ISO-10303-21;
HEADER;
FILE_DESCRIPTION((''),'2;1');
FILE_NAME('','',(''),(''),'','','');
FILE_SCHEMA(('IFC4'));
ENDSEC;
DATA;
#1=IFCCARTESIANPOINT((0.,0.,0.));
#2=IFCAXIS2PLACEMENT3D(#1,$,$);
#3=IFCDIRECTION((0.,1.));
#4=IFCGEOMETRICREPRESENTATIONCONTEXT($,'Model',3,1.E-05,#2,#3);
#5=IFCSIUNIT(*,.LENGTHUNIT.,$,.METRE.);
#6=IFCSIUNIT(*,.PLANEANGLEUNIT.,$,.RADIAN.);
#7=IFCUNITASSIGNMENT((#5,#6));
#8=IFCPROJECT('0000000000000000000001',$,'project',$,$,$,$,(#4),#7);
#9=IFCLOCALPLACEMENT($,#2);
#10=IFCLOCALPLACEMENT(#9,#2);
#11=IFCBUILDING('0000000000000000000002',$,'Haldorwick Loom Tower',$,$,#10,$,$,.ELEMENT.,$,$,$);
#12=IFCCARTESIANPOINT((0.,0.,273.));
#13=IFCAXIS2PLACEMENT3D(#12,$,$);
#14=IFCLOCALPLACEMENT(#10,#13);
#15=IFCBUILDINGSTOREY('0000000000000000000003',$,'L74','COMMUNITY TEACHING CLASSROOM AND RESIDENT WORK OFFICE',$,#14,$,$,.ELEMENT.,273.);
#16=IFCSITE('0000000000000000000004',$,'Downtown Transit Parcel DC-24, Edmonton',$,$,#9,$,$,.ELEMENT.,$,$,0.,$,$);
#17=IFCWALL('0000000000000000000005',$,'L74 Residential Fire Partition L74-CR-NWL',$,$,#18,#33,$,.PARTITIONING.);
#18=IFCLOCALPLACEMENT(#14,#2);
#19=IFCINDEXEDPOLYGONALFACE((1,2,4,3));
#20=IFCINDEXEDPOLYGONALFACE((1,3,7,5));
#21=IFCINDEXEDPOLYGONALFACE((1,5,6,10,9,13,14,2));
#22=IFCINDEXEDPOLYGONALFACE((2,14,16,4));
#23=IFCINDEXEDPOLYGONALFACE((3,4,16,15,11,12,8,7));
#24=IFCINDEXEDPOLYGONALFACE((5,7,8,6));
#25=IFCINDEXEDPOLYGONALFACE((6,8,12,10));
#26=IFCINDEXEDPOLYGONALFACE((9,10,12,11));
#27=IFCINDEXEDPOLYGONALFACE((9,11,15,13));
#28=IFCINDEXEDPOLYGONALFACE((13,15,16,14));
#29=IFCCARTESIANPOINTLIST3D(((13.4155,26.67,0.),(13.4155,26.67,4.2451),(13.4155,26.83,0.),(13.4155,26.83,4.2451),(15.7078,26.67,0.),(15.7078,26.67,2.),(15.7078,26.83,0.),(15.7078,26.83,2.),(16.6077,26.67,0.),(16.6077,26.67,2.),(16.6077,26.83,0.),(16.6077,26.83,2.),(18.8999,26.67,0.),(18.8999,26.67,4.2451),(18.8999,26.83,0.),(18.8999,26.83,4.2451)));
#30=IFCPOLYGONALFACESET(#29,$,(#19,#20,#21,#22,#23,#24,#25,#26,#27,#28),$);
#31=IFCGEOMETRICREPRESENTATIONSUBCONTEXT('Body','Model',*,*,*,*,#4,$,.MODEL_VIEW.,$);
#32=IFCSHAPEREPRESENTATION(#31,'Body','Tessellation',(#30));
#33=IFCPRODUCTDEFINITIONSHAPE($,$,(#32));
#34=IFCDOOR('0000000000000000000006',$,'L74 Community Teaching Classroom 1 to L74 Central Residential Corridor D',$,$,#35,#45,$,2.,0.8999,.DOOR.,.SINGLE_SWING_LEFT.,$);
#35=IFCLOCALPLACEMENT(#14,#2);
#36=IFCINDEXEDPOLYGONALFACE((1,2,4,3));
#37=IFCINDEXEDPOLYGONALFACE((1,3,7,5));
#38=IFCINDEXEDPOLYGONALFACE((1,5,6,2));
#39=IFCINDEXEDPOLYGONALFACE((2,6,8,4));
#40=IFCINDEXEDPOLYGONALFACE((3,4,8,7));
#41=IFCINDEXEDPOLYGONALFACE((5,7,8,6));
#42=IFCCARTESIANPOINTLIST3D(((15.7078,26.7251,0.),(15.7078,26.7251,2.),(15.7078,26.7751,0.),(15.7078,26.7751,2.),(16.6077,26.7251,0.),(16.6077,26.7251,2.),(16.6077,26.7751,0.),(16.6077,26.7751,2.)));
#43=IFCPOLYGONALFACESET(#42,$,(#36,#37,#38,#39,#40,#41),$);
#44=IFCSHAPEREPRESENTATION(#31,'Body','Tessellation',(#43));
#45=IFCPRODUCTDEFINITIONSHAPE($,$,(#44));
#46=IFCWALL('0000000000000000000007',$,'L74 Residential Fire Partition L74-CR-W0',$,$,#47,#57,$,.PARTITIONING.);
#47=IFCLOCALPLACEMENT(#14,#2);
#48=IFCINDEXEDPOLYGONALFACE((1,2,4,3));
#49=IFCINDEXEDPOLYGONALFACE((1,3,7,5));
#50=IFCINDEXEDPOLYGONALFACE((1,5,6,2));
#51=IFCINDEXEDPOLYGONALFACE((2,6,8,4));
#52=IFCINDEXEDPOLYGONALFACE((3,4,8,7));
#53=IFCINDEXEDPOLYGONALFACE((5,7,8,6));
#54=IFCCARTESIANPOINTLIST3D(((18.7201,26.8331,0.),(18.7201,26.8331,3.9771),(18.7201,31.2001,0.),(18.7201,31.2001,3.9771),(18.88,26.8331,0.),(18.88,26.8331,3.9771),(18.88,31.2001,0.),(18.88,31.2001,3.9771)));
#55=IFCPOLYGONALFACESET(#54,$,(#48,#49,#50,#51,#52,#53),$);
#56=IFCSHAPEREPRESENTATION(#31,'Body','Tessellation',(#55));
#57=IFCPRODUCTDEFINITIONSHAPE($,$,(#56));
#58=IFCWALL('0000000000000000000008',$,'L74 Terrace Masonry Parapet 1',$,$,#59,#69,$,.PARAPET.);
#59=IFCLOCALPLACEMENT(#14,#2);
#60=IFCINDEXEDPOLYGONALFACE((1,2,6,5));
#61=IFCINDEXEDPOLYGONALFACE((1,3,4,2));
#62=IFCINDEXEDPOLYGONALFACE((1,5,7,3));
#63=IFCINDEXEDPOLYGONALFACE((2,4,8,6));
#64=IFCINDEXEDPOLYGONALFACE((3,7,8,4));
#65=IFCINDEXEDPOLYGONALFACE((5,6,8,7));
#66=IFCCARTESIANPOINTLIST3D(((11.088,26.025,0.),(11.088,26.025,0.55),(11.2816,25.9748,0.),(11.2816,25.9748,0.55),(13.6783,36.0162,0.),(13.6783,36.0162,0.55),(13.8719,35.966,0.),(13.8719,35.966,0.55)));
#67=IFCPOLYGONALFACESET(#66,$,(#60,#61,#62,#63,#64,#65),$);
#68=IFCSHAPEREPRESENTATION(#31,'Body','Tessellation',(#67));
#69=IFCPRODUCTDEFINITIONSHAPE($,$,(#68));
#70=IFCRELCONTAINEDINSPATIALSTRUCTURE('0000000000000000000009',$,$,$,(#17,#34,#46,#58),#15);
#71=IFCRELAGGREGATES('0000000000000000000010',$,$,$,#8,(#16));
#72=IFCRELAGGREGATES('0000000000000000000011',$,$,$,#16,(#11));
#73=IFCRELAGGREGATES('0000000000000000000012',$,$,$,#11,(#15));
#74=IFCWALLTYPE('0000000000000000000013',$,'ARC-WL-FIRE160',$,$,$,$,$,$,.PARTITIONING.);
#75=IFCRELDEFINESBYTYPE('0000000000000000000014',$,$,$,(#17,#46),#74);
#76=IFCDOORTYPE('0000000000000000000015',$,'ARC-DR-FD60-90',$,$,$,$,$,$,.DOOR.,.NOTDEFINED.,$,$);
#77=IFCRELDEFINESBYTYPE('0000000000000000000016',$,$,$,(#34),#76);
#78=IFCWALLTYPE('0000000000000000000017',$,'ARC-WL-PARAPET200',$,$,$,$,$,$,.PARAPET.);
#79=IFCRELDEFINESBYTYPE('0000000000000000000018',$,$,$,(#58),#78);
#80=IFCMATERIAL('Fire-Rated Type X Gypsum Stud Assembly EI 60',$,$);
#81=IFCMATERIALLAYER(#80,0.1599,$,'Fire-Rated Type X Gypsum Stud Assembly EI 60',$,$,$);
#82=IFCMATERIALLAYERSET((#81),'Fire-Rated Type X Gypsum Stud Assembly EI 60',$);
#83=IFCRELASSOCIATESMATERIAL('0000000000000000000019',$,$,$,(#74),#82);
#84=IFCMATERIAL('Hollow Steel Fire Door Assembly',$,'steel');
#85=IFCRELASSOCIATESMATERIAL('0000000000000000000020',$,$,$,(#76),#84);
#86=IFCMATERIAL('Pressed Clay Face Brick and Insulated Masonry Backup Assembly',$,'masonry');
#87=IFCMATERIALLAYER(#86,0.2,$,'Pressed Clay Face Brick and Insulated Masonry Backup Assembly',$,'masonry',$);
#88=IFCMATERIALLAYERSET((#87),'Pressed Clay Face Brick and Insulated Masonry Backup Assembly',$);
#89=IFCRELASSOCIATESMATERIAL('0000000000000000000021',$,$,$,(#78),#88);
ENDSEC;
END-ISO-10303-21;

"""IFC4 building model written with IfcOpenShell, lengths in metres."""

from ifc_helpers import new_model, si_unit, direction, frame, frame_2d, origin, place, context, subcontext, project, spatial, rectangle, extrude, material, layer, layer_set, type_object, element, fill, save


model = new_model("IFC4")

# Units and contexts
model_context = context("Model", 3, precision=1e-05, world=origin(), true_north=direction((0.0, 1.0)))
body_context = subcontext(model_context, "Body", "Model", "MODEL_VIEW")
ifc_project = project(units=[si_unit("LENGTHUNIT", "METRE"), si_unit("PLANEANGLEUNIT", "RADIAN")], contexts=[model_context])

# Site, building, storey
site_placement = place(None, origin())
site = spatial("IfcSite", under=ifc_project, at=site_placement, Name="Downtown Transit Parcel DC-24, Edmonton", CompositionType="ELEMENT", RefElevation=0.0)
building_placement = place(site_placement, origin())
building = spatial("IfcBuilding", under=site, at=building_placement, Name="Haldorwick Loom Tower", CompositionType="ELEMENT")
storey_placement = place(building_placement, frame((0.0, 0.0, 273.0)))
storey = spatial("IfcBuildingStorey", under=building, at=storey_placement, Name="L74", Description="COMMUNITY TEACHING CLASSROOM AND RESIDENT WORK OFFICE", CompositionType="ELEMENT", Elevation=273.0)

# Shared definitions
ifc_material_1 = material(Name="Pressed Clay Face Brick and Insulated Masonry Backup Assembly", Category="masonry")

# Shared definitions
ifc_material_2 = material(Name="Fire-Rated Type X Gypsum Stud Assembly EI 60")
ifc_layer_1 = layer(ifc_material_2, 0.1599, Name="Fire-Rated Type X Gypsum Stud Assembly EI 60")
ifc_layer_set_1 = layer_set([ifc_layer_1], Name="Fire-Rated Type X Gypsum Stud Assembly EI 60")
wall_type_1 = type_object("IfcWallType", Name="ARC-WL-FIRE160", PredefinedType="PARTITIONING", material=ifc_layer_set_1)
ifc_material_3 = material(Name="Hollow Steel Fire Door Assembly", Category="steel")
door_type = type_object("IfcDoorType", Name="ARC-DR-FD60-90", OperationType="NOTDEFINED", PredefinedType="DOOR", material=ifc_material_3)

# Wall, opening, door
wall_1_placement = place(storey_placement, frame((13.4155, 26.75, 0.0), z_axis=(0.0, 0.0, 1.0), x_axis=(1.0, 0.0, 0.0)))
wall_1 = element("IfcWall", 1, at=wall_1_placement, inside=storey, type_object=wall_type_1, Name="L74 Residential Fire Partition L74-CR-NWL", PredefinedType="PARTITIONING", context=body_context, shape_type="SweptSolid", body=[
    extrude(rectangle(XDim=5.4844, YDim=0.1599, at=frame_2d((2.7422, 0.0))), origin(), (0.0, 0.0, 1.0), 4.2451),
])
opening_1_placement = place(wall_1_placement, frame((2.2922, 0.0, 0.0)))
opening_1 = element("IfcOpeningElement", 2, at=opening_1_placement, cuts=wall_1, PredefinedType="OPENING", context=body_context, shape_type="SweptSolid", body=[
    extrude(rectangle(XDim=0.8999, YDim=2.0, at=frame_2d((0.45, 1.0))), frame((0.0, 0.0898, 0.0), z_axis=(0.0, -1.0, 0.0), x_axis=(1.0, 0.0, 0.0)), (0.0, 0.0, 1.0), 0.1799),
])
door_1_placement = place(opening_1_placement, frame((0.8999, 0.0, 0.0), z_axis=(0.0, 0.0, 1.0), x_axis=(-1.0, 0.0, 0.0)))
door_1 = element("IfcDoor", 3, at=door_1_placement, inside=storey, type_object=door_type, Name="L74 Community Teaching Classroom 1 to L74 Central Residential Corridor D", OperationType="SINGLE_SWING_LEFT", OverallHeight=2.0, OverallWidth=0.8999, PredefinedType="DOOR", context=body_context, shape_type="SweptSolid", body=[
    extrude(rectangle(XDim=0.8999, YDim=2.0, at=frame_2d((0.45, 1.0))), frame((0.0, 0.0249, 0.0), z_axis=(0.0, -1.0, 0.0), x_axis=(1.0, 0.0, 0.0)), (0.0, 0.0, 1.0), 0.05),
])
fill(opening_1, door_1)

# Walls
wall_2_placement = place(storey_placement, frame((18.8, 26.833, 0.0), z_axis=(0.0, 0.0, 1.0), x_axis=(0.0, 1.0, 0.0)))
element("IfcWall", 4, at=wall_2_placement, inside=storey, type_object=wall_type_1, Name="L74 Residential Fire Partition L74-CR-W0", PredefinedType="PARTITIONING", context=body_context, shape_type="SweptSolid", body=[
    extrude(rectangle(XDim=4.3669, YDim=0.1599, at=frame_2d((2.1836, 0.0))), origin(), (0.0, 0.0, 1.0), 3.9771),
])
ifc_layer_2 = layer(ifc_material_1, 0.2, Name="Pressed Clay Face Brick and Insulated Masonry Backup Assembly", Category="masonry")
ifc_layer_set_2 = layer_set([ifc_layer_2], Name="Pressed Clay Face Brick and Insulated Masonry Backup Assembly")
wall_type_2 = type_object("IfcWallType", Name="ARC-WL-PARAPET200", PredefinedType="PARAPET", material=ifc_layer_set_2)
wall_3_placement = place(storey_placement, frame((11.1848, 26.0, 0.0), z_axis=(0.0, 0.0, 1.0), x_axis=(0.250964, 0.967996, 0.0)))
element("IfcWall", 5, at=wall_3_placement, inside=storey, type_object=wall_type_2, Name="L74 Terrace Masonry Parapet 1", PredefinedType="PARAPET", context=body_context, shape_type="SweptSolid", body=[
    extrude(rectangle(XDim=10.3215, YDim=0.2, at=frame_2d((5.1606, 0.0))), origin(), (0.0, 0.0, 1.0), 0.55),
])

save(model, "model.ifc")
